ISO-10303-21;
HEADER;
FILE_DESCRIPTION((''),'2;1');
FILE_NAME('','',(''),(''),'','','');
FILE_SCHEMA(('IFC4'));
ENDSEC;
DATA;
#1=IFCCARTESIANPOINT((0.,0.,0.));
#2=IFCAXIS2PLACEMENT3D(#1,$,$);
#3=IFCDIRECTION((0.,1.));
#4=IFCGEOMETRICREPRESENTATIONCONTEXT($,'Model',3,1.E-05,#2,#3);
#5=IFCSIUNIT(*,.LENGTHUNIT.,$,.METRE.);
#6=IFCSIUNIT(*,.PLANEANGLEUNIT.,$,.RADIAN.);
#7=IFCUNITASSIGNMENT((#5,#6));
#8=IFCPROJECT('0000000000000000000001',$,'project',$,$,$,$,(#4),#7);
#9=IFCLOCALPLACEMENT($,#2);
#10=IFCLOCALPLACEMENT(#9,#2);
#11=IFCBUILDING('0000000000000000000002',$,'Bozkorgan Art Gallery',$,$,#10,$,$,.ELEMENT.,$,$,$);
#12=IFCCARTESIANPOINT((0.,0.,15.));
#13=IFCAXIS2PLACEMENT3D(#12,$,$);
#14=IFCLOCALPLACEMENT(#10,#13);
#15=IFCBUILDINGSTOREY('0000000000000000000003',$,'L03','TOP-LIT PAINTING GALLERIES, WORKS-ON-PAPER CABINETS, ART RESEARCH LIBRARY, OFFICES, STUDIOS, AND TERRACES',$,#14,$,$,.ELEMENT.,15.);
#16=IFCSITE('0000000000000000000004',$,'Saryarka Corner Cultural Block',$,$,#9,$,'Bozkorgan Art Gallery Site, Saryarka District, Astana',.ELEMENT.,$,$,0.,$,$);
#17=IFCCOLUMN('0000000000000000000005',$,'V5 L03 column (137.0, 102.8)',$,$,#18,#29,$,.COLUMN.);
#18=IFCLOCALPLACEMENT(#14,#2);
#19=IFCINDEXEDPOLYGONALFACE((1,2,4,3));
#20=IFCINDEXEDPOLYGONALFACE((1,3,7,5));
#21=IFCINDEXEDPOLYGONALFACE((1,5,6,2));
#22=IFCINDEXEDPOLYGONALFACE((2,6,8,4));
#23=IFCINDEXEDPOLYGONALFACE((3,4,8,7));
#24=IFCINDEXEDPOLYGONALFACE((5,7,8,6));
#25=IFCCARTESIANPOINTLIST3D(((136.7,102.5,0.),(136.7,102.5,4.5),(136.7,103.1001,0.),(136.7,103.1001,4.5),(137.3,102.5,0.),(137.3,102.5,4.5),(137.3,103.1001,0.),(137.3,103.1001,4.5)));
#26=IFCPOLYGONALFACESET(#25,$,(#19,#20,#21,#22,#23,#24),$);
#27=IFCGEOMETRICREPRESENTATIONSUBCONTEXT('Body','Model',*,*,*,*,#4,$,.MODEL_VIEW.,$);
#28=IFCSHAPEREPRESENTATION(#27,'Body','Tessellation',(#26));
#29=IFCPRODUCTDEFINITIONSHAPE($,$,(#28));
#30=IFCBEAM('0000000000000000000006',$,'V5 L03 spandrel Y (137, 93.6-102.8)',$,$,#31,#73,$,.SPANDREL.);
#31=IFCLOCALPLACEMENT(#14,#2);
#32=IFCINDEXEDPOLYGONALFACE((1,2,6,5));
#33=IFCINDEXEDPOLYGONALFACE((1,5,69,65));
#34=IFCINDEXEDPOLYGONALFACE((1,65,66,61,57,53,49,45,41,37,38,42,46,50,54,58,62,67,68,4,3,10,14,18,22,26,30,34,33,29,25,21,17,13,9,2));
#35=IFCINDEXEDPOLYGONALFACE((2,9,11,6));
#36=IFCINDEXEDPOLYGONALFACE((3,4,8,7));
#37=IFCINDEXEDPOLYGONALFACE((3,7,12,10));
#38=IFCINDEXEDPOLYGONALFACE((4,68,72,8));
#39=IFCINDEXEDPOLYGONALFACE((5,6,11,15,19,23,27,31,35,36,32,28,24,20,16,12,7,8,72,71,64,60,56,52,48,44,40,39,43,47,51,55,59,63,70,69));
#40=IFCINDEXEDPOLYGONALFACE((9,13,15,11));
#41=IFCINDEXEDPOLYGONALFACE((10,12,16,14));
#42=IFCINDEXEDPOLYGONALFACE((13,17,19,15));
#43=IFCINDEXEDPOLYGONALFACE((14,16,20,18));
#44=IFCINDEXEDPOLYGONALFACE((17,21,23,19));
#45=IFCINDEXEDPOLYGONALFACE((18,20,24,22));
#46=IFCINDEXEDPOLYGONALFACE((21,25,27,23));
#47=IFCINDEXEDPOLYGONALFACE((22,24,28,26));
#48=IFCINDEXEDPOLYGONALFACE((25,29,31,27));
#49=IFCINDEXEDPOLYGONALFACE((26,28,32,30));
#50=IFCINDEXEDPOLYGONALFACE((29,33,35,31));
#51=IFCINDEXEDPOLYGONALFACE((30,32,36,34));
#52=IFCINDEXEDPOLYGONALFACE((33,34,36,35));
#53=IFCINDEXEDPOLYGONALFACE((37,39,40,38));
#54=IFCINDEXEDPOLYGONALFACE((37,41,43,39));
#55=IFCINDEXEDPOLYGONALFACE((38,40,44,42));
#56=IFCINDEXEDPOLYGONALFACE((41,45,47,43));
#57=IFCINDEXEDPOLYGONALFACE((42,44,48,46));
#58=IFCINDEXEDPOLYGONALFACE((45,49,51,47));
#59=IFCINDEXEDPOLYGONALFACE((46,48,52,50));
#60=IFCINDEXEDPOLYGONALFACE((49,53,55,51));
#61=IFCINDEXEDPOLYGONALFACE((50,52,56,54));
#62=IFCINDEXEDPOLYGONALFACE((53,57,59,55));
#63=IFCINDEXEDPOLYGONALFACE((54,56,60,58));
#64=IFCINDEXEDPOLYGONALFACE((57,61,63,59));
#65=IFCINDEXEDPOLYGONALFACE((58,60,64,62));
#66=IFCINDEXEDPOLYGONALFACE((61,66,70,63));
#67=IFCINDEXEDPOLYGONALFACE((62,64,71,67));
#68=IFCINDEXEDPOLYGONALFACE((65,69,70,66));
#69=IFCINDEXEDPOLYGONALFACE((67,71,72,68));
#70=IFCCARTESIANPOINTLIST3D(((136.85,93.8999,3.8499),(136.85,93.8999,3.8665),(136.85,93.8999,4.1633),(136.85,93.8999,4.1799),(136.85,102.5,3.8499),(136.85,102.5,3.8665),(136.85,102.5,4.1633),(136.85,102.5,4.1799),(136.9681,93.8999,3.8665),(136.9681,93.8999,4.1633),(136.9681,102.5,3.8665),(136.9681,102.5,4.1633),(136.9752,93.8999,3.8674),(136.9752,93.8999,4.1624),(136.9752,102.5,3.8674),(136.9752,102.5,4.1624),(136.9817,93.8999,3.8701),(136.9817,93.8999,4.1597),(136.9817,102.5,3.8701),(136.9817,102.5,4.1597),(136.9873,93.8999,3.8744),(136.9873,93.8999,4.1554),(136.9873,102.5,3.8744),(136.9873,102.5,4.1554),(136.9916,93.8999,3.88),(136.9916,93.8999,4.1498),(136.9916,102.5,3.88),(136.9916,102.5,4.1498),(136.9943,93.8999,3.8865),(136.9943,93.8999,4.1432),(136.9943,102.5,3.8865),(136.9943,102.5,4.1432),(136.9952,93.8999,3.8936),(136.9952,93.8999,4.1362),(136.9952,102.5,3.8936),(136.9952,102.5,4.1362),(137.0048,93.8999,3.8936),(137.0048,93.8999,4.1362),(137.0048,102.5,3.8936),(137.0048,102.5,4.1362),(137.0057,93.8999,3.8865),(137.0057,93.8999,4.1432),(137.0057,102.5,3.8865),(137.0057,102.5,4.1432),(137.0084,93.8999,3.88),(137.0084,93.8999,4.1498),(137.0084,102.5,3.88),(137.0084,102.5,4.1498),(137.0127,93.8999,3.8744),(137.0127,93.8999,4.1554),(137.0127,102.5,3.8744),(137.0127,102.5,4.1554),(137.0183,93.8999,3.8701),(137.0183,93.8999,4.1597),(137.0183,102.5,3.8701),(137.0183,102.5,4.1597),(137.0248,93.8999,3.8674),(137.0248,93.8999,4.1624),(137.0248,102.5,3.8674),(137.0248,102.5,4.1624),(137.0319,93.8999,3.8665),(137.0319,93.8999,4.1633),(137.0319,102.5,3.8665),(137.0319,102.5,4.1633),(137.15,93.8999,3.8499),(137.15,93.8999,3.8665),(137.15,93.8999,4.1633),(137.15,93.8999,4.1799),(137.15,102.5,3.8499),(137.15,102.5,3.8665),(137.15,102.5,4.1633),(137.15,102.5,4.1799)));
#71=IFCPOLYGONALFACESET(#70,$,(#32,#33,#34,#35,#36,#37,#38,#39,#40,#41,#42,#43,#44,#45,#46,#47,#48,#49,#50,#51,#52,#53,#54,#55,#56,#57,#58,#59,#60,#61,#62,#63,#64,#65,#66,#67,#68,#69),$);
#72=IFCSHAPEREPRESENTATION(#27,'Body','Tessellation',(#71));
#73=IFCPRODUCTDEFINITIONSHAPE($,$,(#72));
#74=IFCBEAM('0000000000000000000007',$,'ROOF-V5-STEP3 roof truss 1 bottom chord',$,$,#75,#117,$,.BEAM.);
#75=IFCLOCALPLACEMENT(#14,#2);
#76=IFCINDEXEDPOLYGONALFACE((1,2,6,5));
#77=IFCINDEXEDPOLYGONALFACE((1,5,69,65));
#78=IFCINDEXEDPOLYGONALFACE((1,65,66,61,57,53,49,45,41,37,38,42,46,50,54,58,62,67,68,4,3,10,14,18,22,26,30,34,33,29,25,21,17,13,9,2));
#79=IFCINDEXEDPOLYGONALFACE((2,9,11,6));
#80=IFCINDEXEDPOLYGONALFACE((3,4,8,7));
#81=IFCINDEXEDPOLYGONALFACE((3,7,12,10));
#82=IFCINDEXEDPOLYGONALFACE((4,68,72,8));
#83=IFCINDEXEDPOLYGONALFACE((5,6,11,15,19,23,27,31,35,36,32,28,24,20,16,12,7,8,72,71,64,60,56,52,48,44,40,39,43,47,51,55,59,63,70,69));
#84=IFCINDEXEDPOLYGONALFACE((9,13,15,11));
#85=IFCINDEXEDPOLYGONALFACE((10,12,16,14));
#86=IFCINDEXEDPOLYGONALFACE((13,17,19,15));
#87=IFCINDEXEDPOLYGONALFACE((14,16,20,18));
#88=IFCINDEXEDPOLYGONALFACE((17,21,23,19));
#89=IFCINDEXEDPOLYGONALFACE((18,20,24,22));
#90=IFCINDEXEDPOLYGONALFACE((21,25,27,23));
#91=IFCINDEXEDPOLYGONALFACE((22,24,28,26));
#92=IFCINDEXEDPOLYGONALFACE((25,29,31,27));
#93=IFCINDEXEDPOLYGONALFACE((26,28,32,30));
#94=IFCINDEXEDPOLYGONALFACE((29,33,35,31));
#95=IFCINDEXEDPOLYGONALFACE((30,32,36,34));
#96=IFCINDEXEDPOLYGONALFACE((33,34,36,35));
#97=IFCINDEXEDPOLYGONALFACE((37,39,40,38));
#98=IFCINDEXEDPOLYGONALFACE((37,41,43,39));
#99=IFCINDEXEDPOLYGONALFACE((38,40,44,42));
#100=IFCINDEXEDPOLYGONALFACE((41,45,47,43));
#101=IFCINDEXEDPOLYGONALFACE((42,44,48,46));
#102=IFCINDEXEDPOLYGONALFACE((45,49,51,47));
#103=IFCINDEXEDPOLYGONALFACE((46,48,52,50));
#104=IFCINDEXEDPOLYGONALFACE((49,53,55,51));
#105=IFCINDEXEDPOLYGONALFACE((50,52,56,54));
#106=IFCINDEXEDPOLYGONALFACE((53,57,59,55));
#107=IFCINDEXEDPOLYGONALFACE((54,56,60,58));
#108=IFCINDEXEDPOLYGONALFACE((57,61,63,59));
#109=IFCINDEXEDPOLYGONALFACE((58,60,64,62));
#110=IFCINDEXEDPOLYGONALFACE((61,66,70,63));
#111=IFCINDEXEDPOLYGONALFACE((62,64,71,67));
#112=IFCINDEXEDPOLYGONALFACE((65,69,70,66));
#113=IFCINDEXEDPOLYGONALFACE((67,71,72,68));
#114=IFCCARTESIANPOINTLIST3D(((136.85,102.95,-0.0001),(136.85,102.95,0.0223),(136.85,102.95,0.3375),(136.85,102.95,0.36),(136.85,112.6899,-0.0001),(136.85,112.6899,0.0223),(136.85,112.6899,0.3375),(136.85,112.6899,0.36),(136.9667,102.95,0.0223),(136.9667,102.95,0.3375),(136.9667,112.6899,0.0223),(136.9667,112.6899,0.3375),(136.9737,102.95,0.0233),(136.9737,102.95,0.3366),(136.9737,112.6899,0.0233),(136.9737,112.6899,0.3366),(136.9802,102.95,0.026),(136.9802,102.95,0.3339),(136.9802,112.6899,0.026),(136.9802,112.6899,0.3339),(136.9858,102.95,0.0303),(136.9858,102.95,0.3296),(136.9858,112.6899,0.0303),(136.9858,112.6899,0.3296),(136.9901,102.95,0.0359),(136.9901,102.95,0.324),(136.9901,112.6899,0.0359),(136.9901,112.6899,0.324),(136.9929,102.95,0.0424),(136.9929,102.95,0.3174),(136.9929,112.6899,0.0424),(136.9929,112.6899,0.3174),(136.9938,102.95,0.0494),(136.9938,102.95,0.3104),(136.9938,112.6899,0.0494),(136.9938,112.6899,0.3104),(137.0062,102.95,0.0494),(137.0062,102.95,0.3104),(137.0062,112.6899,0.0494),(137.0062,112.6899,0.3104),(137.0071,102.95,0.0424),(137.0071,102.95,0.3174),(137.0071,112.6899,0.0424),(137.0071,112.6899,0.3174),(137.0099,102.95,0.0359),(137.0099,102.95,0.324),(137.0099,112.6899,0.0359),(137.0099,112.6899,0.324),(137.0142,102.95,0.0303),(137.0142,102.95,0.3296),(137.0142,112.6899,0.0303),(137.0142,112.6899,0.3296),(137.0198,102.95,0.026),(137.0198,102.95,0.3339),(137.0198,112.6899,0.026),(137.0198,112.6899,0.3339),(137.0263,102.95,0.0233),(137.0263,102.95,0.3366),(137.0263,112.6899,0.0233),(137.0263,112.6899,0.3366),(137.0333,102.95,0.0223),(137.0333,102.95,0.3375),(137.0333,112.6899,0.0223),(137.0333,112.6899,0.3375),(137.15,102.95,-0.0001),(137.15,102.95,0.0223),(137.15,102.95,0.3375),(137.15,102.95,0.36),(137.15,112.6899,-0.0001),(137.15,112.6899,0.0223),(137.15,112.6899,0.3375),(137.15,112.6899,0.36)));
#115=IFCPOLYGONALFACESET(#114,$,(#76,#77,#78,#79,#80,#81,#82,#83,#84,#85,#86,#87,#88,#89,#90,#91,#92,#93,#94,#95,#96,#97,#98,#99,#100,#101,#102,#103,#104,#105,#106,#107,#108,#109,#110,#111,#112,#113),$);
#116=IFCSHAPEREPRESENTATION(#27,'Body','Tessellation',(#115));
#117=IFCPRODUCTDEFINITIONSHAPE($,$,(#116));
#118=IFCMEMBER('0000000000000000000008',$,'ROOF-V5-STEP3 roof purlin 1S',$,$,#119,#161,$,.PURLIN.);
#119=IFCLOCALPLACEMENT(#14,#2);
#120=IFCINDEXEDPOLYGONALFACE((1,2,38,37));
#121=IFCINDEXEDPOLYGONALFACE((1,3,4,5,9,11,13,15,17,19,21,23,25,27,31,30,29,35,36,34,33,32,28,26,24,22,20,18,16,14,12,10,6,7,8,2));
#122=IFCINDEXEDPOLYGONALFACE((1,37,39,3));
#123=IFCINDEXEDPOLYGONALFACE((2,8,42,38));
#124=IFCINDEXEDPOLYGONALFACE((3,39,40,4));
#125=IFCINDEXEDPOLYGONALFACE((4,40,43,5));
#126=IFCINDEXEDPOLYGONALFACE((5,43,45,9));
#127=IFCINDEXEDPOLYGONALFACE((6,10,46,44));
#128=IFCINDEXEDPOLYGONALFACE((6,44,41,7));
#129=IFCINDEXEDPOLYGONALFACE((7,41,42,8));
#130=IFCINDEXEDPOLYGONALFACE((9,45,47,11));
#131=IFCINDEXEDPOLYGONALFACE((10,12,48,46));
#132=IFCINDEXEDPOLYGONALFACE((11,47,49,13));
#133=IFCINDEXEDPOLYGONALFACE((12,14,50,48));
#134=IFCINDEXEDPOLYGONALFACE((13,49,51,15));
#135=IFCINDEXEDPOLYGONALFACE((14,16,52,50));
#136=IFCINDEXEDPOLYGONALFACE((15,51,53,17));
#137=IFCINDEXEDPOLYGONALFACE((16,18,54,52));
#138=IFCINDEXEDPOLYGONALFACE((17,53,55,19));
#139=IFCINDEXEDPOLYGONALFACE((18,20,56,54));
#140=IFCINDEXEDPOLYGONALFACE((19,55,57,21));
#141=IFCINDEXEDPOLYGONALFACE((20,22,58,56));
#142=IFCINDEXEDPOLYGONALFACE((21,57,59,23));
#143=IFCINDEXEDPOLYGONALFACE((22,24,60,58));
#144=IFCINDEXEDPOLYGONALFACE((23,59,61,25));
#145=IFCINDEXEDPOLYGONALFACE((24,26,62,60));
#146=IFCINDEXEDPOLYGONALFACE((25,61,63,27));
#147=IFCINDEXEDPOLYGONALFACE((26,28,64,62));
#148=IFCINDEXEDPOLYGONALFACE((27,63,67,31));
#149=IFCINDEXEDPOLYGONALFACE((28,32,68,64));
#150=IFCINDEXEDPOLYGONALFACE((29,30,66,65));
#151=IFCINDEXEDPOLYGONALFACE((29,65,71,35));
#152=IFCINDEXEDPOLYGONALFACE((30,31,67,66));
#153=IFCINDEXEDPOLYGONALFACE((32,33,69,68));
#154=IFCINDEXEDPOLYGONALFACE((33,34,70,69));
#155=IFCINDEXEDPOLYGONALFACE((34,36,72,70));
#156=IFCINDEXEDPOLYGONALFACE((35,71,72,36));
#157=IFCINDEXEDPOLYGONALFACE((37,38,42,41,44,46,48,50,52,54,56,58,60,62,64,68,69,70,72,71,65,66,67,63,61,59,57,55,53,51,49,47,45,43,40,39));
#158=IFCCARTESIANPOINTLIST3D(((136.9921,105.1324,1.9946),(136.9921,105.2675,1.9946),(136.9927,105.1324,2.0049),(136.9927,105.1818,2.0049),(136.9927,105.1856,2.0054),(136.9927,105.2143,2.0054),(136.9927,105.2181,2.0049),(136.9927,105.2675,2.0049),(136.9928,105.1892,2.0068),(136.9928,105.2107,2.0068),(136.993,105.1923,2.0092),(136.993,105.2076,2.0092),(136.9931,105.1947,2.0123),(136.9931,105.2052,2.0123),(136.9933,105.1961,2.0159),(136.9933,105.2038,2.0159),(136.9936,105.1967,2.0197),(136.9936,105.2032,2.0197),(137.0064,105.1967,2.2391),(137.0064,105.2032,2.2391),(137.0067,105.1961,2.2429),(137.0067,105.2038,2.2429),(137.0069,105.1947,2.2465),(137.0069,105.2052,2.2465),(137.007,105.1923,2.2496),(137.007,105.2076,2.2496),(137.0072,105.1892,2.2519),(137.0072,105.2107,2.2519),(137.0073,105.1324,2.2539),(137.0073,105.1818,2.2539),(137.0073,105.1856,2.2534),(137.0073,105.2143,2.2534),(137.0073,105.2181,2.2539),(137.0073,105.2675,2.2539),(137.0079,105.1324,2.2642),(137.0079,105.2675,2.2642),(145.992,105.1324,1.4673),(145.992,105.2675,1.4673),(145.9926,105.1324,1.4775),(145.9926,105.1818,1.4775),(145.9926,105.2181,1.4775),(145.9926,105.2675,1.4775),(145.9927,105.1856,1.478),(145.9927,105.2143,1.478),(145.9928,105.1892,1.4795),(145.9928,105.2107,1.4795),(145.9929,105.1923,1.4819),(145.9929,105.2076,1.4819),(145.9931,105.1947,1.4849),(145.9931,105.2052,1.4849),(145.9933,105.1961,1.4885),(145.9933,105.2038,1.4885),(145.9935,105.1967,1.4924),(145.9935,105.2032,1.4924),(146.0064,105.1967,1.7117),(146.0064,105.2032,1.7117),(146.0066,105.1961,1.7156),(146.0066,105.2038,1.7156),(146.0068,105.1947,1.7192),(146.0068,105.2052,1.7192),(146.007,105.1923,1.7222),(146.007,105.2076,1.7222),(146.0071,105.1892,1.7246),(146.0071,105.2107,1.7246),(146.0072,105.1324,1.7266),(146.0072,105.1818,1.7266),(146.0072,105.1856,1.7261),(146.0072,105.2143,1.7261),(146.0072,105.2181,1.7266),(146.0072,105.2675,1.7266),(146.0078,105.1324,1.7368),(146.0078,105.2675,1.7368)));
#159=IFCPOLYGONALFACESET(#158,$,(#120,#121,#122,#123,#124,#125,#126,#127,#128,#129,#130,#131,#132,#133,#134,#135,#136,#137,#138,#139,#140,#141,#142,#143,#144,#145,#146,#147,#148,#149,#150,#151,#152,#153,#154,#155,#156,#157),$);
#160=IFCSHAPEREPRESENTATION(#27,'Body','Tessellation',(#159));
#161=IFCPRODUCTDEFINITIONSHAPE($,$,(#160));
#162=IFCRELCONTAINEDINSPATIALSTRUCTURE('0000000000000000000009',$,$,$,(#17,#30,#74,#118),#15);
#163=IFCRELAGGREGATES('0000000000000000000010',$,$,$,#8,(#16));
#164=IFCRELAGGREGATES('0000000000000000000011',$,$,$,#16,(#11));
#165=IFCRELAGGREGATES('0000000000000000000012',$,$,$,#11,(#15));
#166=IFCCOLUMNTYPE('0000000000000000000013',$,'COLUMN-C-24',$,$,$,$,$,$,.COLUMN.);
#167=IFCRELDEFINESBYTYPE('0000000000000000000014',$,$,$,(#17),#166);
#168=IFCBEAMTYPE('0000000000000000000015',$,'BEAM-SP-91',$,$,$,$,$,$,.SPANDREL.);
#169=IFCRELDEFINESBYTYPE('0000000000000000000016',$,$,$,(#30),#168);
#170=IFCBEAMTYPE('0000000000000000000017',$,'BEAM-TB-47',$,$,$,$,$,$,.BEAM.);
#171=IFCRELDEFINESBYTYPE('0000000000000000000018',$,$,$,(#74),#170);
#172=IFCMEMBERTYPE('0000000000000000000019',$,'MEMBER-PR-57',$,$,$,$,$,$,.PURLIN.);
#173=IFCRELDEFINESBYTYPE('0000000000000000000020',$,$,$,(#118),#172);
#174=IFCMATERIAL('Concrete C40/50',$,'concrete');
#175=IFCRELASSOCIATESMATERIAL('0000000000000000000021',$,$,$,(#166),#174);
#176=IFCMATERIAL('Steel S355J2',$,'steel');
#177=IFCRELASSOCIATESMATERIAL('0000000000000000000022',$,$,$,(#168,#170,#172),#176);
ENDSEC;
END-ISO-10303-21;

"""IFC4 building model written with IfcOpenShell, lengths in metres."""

from ifc_helpers import new_model, si_unit, direction, frame, origin, origin_2d, place, context, subcontext, project, spatial, rectangle, i_section, extrude, material, material_profile, profile_set, type_object, element, save


model = new_model("IFC4")

# Units and contexts
model_context = context("Model", 3, precision=1e-05, world=origin(), true_north=direction((0.0, 1.0)))
body_context = subcontext(model_context, "Body", "Model", "MODEL_VIEW")
ifc_project = project(units=[si_unit("LENGTHUNIT", "METRE"), si_unit("PLANEANGLEUNIT", "RADIAN")], contexts=[model_context])

# Site, building, storey
site_placement = place(None, origin())
site = spatial("IfcSite", under=ifc_project, at=site_placement, Name="Saryarka Corner Cultural Block", LongName="Bozkorgan Art Gallery Site, Saryarka District, Astana", CompositionType="ELEMENT", RefElevation=0.0)
building_placement = place(site_placement, origin())
building = spatial("IfcBuilding", under=site, at=building_placement, Name="Bozkorgan Art Gallery", CompositionType="ELEMENT")
storey_placement = place(building_placement, frame((0.0, 0.0, 15.0)))
storey = spatial("IfcBuildingStorey", under=building, at=storey_placement, Name="L03", Description="TOP-LIT PAINTING GALLERIES, WORKS-ON-PAPER CABINETS, ART RESEARCH LIBRARY, OFFICES, STUDIOS, AND TERRACES", CompositionType="ELEMENT", Elevation=15.0)

# Column
ifc_material_1 = material(Name="Concrete C40/50", Category="concrete")
ifc_material_profile_1 = material_profile(ifc_material_1, rectangle(XDim=0.6001, YDim=0.6001, at=origin_2d()), Name="RC 600x600")
ifc_profile_set_1 = profile_set([ifc_material_profile_1], Name="Concrete C40/50")
column_type = type_object("IfcColumnType", Name="COLUMN-C-24", PredefinedType="COLUMN", material=ifc_profile_set_1)
column_placement = place(storey_placement, frame((137.0, 102.8, 0.0), z_axis=(0.0, 0.0, 1.0), x_axis=(1.0, 0.0, 0.0)))
element("IfcColumn", 1, at=column_placement, inside=storey, type_object=column_type, Name="V5 L03 column (137.0, 102.8)", PredefinedType="COLUMN", context=body_context, shape_type="SweptSolid", body=[
    extrude(rectangle(XDim=0.6001, YDim=0.6001, at=origin_2d()), origin(), (0.0, 0.0, 1.0), 4.5),
])

# Beams
ifc_material_2 = material(Name="Steel S355J2", Category="steel")
ifc_material_profile_2 = material_profile(ifc_material_2, i_section(OverallWidth=0.3, OverallDepth=0.3301, WebThickness=0.0095, FlangeThickness=0.0166, FilletRadius=0.0271, at=origin_2d()), Name="HEA 340")
ifc_profile_set_2 = profile_set([ifc_material_profile_2], Name="Steel S355J2")
beam_type_1 = type_object("IfcBeamType", Name="BEAM-SP-91", PredefinedType="SPANDREL", material=ifc_profile_set_2)
beam_1_placement = place(storey_placement, frame((137.0, 93.8999, 4.0149), z_axis=(0.0, 1.0, 0.0), x_axis=(-1.0, 0.0, 0.0)))
element("IfcBeam", 2, at=beam_1_placement, inside=storey, type_object=beam_type_1, Name="V5 L03 spandrel Y (137, 93.6-102.8)", PredefinedType="SPANDREL", context=body_context, shape_type="SweptSolid", body=[
    extrude(i_section(OverallWidth=0.3, OverallDepth=0.3301, WebThickness=0.0095, FlangeThickness=0.0166, FilletRadius=0.0271, at=origin_2d()), origin(), (0.0, 0.0, 1.0), 8.6001),
])
ifc_material_profile_3 = material_profile(ifc_material_2, i_section(OverallWidth=0.3, OverallDepth=0.3601, WebThickness=0.0125, FlangeThickness=0.0225, FilletRadius=0.0271, at=origin_2d()), Name="HEB 360")
ifc_profile_set_3 = profile_set([ifc_material_profile_3], Name="Steel S355J2")
beam_type_2 = type_object("IfcBeamType", Name="BEAM-TB-47", PredefinedType="BEAM", material=ifc_profile_set_3)
beam_2_placement = place(storey_placement, frame((137.0, 102.95, 0.1799), z_axis=(0.0, 1.0, 0.0), x_axis=(-1.0, 0.0, 0.0)))
element("IfcBeam", 3, at=beam_2_placement, inside=storey, type_object=beam_type_2, Name="ROOF-V5-STEP3 roof truss 1 bottom chord", PredefinedType="BEAM", context=body_context, shape_type="SweptSolid", body=[
    extrude(i_section(OverallWidth=0.3, OverallDepth=0.3601, WebThickness=0.0125, FlangeThickness=0.0225, FilletRadius=0.0271, at=origin_2d()), origin(), (0.0, 0.0, 1.0), 9.74),
])

# Member
ifc_material_profile_4 = material_profile(ifc_material_2, i_section(OverallWidth=0.135, OverallDepth=0.27, WebThickness=0.0066, FlangeThickness=0.0103, FilletRadius=0.0149, at=origin_2d()), Name="IPE 270")
ifc_profile_set_4 = profile_set([ifc_material_profile_4], Name="Steel S355J2")
member_type_1 = type_object("IfcMemberType", Name="MEMBER-PR-57", PredefinedType="PURLIN", material=ifc_profile_set_4)
for number, where, z_axis, x_axis, name in (
    (4, (137.0, 105.2, 2.1294), (0.998288, 0.0, -0.058493), (0.0, 1.0, 0.0), "ROOF-V5-STEP3 roof purlin 1S"),
):
    element("IfcMember", number, at=place(storey_placement, frame(where, z_axis=z_axis, x_axis=x_axis)), inside=storey, type_object=member_type_1, Name=name, PredefinedType="PURLIN", context=body_context, shape_type="SweptSolid", body=[
        extrude(i_section(OverallWidth=0.135, OverallDepth=0.27, WebThickness=0.0066, FlangeThickness=0.0103, FilletRadius=0.0149, at=origin_2d()), origin(), (0.0, 0.0, 1.0), 9.0154),
    ])

save(model, "model.ifc")
